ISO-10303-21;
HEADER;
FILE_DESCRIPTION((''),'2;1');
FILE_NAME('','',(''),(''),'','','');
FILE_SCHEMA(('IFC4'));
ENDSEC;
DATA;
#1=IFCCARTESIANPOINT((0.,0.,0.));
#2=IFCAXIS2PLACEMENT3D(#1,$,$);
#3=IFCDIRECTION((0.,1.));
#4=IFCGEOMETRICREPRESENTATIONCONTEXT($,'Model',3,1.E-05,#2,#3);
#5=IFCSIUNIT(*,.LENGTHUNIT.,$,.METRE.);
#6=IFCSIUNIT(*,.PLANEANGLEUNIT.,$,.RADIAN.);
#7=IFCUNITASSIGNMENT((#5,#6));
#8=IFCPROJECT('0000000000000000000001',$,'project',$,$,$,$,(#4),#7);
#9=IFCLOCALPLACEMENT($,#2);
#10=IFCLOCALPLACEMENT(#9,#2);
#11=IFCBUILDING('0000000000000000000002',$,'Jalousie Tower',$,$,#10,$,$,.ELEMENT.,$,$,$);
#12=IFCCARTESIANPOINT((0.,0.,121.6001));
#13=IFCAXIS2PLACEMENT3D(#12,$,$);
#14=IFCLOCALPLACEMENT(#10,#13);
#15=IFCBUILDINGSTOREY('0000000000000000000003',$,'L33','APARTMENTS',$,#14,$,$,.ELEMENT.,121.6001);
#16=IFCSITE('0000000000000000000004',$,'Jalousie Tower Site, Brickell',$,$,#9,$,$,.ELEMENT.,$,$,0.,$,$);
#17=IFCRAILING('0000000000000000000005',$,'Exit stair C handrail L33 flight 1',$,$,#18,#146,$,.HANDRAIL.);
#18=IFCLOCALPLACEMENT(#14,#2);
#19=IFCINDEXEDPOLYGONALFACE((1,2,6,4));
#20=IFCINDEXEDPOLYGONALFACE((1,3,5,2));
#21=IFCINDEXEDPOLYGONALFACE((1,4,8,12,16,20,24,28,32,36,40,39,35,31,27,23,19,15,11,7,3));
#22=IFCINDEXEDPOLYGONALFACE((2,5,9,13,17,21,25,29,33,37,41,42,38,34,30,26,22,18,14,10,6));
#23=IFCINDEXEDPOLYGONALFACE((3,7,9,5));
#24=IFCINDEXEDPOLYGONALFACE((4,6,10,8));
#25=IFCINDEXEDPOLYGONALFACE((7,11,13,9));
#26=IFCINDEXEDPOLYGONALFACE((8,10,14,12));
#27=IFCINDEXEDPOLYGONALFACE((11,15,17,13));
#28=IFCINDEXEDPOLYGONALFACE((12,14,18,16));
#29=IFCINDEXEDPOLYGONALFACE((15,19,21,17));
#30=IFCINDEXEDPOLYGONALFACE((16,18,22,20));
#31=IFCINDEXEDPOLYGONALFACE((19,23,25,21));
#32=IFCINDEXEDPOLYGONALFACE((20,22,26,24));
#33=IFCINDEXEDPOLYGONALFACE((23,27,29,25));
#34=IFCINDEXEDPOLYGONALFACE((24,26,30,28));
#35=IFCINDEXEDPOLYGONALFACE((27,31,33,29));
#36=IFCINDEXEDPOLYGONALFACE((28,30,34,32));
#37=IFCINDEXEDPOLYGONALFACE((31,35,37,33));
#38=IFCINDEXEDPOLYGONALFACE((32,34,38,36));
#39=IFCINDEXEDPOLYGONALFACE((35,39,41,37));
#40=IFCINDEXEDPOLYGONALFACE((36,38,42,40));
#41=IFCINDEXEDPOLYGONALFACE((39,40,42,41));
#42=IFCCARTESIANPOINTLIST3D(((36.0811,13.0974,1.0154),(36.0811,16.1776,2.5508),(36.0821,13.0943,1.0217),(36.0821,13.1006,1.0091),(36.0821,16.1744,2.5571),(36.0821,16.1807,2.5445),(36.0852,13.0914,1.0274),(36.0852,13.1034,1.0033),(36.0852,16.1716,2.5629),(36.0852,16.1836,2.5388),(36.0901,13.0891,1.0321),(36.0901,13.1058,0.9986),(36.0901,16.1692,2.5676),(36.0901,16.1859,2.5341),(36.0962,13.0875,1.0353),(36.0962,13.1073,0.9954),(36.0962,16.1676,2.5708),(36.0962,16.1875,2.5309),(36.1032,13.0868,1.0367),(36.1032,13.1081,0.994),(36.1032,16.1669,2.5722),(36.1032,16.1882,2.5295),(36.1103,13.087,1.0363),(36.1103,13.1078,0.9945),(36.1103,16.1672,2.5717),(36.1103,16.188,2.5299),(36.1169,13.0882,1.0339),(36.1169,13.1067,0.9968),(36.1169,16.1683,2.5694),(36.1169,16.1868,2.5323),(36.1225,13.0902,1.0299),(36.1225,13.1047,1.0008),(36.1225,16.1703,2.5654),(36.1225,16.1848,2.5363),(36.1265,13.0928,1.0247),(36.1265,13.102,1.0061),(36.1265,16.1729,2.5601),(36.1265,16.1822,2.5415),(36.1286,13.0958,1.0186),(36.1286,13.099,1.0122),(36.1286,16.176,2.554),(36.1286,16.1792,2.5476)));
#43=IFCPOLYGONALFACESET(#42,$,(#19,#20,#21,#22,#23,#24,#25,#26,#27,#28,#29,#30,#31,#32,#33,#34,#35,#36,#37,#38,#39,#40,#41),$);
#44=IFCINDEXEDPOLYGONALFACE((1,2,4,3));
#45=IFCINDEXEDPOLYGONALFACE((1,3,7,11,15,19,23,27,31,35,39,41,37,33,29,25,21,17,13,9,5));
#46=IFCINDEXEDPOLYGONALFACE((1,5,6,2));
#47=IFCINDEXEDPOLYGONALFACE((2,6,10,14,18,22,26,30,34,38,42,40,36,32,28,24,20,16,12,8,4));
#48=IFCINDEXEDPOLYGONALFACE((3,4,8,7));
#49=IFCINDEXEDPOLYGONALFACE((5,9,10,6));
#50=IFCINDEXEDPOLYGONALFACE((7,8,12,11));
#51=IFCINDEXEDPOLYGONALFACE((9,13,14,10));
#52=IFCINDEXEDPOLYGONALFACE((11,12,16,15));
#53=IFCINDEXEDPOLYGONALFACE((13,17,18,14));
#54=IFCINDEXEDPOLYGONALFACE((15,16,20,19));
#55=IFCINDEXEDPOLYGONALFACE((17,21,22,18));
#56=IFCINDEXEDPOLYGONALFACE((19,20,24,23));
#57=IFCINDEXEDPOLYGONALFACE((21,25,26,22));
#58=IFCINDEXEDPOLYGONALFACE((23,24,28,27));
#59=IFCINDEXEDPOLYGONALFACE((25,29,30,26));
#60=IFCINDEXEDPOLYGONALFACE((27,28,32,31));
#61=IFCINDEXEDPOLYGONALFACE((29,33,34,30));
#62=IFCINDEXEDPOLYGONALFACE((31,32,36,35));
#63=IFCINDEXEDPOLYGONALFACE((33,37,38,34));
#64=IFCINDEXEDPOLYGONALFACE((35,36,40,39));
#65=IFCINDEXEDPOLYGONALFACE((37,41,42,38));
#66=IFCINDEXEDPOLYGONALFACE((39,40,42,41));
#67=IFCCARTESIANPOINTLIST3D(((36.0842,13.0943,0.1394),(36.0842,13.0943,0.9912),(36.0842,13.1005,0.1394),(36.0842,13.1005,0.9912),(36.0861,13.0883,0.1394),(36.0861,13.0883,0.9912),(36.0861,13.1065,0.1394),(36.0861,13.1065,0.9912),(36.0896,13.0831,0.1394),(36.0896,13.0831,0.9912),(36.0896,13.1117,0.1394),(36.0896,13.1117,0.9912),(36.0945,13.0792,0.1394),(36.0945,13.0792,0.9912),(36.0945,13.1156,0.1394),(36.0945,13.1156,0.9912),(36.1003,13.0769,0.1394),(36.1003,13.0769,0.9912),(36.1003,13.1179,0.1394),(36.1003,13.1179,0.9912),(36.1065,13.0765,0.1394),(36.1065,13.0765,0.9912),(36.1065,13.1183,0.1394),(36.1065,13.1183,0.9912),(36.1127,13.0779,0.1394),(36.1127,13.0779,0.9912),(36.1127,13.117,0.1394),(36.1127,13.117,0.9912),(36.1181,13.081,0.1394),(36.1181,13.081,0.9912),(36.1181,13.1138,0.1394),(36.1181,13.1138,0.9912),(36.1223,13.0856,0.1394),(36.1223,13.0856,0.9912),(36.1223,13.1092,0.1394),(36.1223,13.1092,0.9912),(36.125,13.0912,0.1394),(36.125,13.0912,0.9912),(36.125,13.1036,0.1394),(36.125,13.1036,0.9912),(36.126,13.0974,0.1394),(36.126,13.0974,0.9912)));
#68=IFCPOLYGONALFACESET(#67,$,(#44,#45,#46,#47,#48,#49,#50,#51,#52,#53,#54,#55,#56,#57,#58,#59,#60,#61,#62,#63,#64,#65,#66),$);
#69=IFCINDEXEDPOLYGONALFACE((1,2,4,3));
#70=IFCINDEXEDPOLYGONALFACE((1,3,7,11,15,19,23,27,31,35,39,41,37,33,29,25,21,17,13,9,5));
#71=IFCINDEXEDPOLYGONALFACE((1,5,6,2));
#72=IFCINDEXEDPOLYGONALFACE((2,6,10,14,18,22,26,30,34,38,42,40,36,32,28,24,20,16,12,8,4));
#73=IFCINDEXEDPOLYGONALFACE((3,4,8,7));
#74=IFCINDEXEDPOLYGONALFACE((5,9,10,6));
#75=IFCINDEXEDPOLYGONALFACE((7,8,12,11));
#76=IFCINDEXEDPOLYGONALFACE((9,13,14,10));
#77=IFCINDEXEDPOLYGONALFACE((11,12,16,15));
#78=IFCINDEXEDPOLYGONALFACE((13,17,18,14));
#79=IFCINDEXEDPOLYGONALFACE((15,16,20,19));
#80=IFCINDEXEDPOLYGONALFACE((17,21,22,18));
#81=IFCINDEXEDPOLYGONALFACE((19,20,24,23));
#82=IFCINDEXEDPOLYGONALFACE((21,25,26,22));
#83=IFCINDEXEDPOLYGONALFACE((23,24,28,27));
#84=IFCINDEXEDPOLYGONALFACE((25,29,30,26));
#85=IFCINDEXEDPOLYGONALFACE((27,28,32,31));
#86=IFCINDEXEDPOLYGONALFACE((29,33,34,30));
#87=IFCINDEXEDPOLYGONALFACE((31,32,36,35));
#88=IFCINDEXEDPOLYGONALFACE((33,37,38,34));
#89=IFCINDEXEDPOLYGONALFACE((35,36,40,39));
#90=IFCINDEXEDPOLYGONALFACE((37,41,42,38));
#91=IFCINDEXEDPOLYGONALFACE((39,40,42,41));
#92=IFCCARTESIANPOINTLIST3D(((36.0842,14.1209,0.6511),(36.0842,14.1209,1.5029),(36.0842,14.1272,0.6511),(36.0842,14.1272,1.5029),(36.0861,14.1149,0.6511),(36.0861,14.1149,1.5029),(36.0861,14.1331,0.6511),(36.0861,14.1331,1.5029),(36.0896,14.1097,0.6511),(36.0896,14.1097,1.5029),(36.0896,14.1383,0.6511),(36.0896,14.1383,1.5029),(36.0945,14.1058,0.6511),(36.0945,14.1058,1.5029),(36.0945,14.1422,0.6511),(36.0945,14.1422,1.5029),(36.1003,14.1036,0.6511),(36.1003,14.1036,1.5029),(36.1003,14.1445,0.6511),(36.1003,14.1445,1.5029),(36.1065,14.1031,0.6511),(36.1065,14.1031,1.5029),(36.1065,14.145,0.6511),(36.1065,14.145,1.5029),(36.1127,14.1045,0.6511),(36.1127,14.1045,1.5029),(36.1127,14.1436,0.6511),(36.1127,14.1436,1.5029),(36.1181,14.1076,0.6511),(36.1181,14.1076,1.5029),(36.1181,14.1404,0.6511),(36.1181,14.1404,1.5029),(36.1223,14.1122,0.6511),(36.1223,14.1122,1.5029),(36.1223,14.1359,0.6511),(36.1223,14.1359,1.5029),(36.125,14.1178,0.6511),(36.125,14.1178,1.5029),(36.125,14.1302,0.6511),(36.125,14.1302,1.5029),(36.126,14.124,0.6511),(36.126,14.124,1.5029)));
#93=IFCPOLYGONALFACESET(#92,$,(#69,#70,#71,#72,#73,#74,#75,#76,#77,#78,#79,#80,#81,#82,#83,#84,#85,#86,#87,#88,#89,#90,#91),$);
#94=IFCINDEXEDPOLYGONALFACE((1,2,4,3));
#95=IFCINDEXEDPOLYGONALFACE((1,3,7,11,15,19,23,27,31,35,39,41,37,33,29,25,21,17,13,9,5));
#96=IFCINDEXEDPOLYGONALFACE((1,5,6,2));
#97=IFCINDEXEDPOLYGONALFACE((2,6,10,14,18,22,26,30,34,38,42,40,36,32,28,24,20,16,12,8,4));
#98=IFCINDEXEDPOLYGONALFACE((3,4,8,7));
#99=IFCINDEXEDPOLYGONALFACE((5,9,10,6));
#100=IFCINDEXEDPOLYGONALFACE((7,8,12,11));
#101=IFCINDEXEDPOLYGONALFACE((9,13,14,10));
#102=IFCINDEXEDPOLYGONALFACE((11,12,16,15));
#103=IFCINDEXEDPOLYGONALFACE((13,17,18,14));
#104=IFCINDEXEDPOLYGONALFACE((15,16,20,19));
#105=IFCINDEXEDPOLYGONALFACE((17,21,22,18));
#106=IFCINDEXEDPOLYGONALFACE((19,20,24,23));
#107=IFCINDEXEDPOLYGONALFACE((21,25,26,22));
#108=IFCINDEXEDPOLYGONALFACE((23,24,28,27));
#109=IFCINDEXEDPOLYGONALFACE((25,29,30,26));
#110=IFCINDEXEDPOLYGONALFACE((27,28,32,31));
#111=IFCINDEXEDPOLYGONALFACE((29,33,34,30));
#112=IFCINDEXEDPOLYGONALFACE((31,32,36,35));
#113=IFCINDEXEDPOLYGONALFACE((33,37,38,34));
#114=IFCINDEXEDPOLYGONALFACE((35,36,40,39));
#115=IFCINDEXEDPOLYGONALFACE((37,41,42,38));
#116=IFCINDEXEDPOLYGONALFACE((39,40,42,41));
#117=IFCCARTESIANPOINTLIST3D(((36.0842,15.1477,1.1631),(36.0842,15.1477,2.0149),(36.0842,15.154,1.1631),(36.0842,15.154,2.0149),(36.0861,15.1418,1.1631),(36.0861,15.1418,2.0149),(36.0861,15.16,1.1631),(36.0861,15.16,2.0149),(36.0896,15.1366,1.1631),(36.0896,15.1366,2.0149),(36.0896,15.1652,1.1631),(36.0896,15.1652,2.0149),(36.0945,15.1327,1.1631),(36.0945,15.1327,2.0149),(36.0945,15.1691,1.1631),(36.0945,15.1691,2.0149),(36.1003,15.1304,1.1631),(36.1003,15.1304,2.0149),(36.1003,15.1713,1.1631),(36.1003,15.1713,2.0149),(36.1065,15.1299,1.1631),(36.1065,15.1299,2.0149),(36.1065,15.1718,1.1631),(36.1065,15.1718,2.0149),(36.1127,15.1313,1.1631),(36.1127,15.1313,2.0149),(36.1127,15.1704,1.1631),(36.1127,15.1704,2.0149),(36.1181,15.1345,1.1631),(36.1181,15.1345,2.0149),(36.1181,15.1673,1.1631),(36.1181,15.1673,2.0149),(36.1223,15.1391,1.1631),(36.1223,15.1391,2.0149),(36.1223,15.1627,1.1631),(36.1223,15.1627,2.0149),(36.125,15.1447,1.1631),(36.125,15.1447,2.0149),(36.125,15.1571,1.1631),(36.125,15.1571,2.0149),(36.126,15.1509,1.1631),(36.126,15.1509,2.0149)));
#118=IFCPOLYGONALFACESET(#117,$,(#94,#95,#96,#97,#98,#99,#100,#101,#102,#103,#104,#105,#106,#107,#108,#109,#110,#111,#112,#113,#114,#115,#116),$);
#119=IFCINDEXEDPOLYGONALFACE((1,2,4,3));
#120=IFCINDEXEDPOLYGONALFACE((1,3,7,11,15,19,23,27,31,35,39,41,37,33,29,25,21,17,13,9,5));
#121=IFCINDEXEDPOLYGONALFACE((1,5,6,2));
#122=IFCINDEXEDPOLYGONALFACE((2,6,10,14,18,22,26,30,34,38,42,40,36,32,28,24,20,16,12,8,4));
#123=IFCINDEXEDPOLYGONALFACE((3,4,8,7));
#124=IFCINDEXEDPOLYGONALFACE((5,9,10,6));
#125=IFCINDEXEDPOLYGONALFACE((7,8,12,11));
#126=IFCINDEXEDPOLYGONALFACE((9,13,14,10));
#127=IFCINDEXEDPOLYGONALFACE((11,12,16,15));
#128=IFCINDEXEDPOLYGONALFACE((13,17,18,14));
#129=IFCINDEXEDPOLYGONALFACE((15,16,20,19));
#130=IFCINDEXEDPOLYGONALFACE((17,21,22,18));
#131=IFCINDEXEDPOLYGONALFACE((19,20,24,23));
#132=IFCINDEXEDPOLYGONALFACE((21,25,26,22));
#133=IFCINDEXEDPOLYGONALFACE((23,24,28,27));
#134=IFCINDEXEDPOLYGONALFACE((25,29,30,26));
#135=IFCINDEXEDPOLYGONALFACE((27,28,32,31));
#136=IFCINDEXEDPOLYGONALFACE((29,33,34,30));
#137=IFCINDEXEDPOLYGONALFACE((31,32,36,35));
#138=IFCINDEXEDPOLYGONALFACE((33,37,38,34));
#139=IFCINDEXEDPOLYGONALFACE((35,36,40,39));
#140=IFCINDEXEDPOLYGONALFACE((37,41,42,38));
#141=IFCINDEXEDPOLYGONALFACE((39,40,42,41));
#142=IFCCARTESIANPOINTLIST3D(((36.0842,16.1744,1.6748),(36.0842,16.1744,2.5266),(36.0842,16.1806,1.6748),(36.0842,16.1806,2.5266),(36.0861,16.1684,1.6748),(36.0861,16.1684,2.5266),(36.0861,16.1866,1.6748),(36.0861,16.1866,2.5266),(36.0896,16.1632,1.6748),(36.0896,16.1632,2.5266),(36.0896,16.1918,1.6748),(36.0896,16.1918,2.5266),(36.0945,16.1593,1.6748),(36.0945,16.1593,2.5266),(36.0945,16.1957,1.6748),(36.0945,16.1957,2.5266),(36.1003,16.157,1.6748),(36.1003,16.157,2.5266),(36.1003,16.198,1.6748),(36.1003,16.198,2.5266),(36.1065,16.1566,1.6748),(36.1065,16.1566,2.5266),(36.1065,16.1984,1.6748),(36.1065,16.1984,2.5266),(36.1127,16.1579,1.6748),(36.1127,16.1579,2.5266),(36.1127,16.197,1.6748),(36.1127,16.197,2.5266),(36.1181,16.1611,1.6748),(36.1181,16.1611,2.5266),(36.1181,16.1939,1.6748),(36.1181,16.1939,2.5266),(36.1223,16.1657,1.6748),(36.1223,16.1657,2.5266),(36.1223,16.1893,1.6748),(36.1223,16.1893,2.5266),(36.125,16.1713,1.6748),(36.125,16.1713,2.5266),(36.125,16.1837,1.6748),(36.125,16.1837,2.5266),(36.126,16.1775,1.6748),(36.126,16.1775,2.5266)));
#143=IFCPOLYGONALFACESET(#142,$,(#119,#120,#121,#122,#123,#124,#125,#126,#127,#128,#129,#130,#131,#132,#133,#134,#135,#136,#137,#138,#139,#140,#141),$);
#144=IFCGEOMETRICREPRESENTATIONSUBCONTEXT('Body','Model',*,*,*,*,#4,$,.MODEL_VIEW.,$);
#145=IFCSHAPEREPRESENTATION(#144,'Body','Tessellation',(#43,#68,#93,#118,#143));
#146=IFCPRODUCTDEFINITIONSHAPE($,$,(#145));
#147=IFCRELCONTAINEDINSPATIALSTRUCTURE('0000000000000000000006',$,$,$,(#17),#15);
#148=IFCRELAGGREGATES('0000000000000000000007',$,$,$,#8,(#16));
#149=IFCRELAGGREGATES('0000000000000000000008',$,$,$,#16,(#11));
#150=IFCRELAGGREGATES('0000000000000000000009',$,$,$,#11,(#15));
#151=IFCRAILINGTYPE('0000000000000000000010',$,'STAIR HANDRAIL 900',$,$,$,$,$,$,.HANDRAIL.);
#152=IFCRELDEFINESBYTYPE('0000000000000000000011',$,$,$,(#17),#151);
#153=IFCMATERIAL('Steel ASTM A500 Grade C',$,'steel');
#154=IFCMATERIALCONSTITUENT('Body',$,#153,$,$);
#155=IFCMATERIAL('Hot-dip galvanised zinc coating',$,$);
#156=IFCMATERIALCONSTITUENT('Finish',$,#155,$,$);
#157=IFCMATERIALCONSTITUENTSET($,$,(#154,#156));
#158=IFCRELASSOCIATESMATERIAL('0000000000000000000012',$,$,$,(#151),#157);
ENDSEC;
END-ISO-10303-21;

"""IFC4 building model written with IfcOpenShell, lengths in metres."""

from ifc_helpers import new_model, si_unit, direction, frame, origin, origin_2d, place, context, subcontext, project, spatial, circle, extrude, material, constituent, constituent_set, type_object, element, save


model = new_model("IFC4")

# Units and contexts
model_context = context("Model", 3, precision=1e-05, world=origin(), true_north=direction((0.0, 1.0)))
body_context = subcontext(model_context, "Body", "Model", "MODEL_VIEW")
ifc_project = project(units=[si_unit("LENGTHUNIT", "METRE"), si_unit("PLANEANGLEUNIT", "RADIAN")], contexts=[model_context])

# Site, building, storey
site_placement = place(None, origin())
site = spatial("IfcSite", under=ifc_project, at=site_placement, Name="Jalousie Tower Site, Brickell", CompositionType="ELEMENT", RefElevation=0.0)
building_placement = place(site_placement, origin())
building = spatial("IfcBuilding", under=site, at=building_placement, Name="Jalousie Tower", CompositionType="ELEMENT")
storey_placement = place(building_placement, frame((0.0, 0.0, 121.6001)))
storey = spatial("IfcBuildingStorey", under=building, at=storey_placement, Name="L33", Description="APARTMENTS", CompositionType="ELEMENT", Elevation=121.6001)

# Railing
ifc_material_1 = material(Name="Steel ASTM A500 Grade C", Category="steel")
ifc_constituent_1 = constituent(ifc_material_1, Name="Body")
ifc_material_2 = material(Name="Hot-dip galvanised zinc coating")
ifc_constituent_2 = constituent(ifc_material_2, Name="Finish")
ifc_constituent_set_1 = constituent_set(constituents=[ifc_constituent_1, ifc_constituent_2])
railing_type_1 = type_object("IfcRailingType", Name="STAIR HANDRAIL 900", PredefinedType="HANDRAIL", material=ifc_constituent_set_1)
railing_1_placement = place(storey_placement, frame((36.105, 13.0974, 0.1394)))
element("IfcRailing", 1, at=railing_1_placement, inside=storey, type_object=railing_type_1, Name="Exit stair C handrail L33 flight 1", PredefinedType="HANDRAIL", context=body_context, shape_type="SweptSolid", body=[
    extrude(circle(Radius=0.0239, at=origin_2d()), frame((0.0, 0.0, 0.876), z_axis=(0.0, 0.894966, 0.446135), x_axis=(-1.0, 0.0, 0.0)), (0.0, 0.0, 1.0), 3.4417),
    extrude(circle(Radius=0.021, at=origin_2d()), origin(), (0.0, 0.0, 1.0), 0.8518),
    extrude(circle(Radius=0.021, at=origin_2d()), frame((0.0, 1.0266, 0.5117)), (0.0, 0.0, 1.0), 0.8518),
    extrude(circle(Radius=0.021, at=origin_2d()), frame((0.0, 2.0535, 1.0237)), (0.0, 0.0, 1.0), 0.8518),
    extrude(circle(Radius=0.021, at=origin_2d()), frame((0.0, 3.0801, 1.5354)), (0.0, 0.0, 1.0), 0.8518),
])

save(model, "model.ifc")
